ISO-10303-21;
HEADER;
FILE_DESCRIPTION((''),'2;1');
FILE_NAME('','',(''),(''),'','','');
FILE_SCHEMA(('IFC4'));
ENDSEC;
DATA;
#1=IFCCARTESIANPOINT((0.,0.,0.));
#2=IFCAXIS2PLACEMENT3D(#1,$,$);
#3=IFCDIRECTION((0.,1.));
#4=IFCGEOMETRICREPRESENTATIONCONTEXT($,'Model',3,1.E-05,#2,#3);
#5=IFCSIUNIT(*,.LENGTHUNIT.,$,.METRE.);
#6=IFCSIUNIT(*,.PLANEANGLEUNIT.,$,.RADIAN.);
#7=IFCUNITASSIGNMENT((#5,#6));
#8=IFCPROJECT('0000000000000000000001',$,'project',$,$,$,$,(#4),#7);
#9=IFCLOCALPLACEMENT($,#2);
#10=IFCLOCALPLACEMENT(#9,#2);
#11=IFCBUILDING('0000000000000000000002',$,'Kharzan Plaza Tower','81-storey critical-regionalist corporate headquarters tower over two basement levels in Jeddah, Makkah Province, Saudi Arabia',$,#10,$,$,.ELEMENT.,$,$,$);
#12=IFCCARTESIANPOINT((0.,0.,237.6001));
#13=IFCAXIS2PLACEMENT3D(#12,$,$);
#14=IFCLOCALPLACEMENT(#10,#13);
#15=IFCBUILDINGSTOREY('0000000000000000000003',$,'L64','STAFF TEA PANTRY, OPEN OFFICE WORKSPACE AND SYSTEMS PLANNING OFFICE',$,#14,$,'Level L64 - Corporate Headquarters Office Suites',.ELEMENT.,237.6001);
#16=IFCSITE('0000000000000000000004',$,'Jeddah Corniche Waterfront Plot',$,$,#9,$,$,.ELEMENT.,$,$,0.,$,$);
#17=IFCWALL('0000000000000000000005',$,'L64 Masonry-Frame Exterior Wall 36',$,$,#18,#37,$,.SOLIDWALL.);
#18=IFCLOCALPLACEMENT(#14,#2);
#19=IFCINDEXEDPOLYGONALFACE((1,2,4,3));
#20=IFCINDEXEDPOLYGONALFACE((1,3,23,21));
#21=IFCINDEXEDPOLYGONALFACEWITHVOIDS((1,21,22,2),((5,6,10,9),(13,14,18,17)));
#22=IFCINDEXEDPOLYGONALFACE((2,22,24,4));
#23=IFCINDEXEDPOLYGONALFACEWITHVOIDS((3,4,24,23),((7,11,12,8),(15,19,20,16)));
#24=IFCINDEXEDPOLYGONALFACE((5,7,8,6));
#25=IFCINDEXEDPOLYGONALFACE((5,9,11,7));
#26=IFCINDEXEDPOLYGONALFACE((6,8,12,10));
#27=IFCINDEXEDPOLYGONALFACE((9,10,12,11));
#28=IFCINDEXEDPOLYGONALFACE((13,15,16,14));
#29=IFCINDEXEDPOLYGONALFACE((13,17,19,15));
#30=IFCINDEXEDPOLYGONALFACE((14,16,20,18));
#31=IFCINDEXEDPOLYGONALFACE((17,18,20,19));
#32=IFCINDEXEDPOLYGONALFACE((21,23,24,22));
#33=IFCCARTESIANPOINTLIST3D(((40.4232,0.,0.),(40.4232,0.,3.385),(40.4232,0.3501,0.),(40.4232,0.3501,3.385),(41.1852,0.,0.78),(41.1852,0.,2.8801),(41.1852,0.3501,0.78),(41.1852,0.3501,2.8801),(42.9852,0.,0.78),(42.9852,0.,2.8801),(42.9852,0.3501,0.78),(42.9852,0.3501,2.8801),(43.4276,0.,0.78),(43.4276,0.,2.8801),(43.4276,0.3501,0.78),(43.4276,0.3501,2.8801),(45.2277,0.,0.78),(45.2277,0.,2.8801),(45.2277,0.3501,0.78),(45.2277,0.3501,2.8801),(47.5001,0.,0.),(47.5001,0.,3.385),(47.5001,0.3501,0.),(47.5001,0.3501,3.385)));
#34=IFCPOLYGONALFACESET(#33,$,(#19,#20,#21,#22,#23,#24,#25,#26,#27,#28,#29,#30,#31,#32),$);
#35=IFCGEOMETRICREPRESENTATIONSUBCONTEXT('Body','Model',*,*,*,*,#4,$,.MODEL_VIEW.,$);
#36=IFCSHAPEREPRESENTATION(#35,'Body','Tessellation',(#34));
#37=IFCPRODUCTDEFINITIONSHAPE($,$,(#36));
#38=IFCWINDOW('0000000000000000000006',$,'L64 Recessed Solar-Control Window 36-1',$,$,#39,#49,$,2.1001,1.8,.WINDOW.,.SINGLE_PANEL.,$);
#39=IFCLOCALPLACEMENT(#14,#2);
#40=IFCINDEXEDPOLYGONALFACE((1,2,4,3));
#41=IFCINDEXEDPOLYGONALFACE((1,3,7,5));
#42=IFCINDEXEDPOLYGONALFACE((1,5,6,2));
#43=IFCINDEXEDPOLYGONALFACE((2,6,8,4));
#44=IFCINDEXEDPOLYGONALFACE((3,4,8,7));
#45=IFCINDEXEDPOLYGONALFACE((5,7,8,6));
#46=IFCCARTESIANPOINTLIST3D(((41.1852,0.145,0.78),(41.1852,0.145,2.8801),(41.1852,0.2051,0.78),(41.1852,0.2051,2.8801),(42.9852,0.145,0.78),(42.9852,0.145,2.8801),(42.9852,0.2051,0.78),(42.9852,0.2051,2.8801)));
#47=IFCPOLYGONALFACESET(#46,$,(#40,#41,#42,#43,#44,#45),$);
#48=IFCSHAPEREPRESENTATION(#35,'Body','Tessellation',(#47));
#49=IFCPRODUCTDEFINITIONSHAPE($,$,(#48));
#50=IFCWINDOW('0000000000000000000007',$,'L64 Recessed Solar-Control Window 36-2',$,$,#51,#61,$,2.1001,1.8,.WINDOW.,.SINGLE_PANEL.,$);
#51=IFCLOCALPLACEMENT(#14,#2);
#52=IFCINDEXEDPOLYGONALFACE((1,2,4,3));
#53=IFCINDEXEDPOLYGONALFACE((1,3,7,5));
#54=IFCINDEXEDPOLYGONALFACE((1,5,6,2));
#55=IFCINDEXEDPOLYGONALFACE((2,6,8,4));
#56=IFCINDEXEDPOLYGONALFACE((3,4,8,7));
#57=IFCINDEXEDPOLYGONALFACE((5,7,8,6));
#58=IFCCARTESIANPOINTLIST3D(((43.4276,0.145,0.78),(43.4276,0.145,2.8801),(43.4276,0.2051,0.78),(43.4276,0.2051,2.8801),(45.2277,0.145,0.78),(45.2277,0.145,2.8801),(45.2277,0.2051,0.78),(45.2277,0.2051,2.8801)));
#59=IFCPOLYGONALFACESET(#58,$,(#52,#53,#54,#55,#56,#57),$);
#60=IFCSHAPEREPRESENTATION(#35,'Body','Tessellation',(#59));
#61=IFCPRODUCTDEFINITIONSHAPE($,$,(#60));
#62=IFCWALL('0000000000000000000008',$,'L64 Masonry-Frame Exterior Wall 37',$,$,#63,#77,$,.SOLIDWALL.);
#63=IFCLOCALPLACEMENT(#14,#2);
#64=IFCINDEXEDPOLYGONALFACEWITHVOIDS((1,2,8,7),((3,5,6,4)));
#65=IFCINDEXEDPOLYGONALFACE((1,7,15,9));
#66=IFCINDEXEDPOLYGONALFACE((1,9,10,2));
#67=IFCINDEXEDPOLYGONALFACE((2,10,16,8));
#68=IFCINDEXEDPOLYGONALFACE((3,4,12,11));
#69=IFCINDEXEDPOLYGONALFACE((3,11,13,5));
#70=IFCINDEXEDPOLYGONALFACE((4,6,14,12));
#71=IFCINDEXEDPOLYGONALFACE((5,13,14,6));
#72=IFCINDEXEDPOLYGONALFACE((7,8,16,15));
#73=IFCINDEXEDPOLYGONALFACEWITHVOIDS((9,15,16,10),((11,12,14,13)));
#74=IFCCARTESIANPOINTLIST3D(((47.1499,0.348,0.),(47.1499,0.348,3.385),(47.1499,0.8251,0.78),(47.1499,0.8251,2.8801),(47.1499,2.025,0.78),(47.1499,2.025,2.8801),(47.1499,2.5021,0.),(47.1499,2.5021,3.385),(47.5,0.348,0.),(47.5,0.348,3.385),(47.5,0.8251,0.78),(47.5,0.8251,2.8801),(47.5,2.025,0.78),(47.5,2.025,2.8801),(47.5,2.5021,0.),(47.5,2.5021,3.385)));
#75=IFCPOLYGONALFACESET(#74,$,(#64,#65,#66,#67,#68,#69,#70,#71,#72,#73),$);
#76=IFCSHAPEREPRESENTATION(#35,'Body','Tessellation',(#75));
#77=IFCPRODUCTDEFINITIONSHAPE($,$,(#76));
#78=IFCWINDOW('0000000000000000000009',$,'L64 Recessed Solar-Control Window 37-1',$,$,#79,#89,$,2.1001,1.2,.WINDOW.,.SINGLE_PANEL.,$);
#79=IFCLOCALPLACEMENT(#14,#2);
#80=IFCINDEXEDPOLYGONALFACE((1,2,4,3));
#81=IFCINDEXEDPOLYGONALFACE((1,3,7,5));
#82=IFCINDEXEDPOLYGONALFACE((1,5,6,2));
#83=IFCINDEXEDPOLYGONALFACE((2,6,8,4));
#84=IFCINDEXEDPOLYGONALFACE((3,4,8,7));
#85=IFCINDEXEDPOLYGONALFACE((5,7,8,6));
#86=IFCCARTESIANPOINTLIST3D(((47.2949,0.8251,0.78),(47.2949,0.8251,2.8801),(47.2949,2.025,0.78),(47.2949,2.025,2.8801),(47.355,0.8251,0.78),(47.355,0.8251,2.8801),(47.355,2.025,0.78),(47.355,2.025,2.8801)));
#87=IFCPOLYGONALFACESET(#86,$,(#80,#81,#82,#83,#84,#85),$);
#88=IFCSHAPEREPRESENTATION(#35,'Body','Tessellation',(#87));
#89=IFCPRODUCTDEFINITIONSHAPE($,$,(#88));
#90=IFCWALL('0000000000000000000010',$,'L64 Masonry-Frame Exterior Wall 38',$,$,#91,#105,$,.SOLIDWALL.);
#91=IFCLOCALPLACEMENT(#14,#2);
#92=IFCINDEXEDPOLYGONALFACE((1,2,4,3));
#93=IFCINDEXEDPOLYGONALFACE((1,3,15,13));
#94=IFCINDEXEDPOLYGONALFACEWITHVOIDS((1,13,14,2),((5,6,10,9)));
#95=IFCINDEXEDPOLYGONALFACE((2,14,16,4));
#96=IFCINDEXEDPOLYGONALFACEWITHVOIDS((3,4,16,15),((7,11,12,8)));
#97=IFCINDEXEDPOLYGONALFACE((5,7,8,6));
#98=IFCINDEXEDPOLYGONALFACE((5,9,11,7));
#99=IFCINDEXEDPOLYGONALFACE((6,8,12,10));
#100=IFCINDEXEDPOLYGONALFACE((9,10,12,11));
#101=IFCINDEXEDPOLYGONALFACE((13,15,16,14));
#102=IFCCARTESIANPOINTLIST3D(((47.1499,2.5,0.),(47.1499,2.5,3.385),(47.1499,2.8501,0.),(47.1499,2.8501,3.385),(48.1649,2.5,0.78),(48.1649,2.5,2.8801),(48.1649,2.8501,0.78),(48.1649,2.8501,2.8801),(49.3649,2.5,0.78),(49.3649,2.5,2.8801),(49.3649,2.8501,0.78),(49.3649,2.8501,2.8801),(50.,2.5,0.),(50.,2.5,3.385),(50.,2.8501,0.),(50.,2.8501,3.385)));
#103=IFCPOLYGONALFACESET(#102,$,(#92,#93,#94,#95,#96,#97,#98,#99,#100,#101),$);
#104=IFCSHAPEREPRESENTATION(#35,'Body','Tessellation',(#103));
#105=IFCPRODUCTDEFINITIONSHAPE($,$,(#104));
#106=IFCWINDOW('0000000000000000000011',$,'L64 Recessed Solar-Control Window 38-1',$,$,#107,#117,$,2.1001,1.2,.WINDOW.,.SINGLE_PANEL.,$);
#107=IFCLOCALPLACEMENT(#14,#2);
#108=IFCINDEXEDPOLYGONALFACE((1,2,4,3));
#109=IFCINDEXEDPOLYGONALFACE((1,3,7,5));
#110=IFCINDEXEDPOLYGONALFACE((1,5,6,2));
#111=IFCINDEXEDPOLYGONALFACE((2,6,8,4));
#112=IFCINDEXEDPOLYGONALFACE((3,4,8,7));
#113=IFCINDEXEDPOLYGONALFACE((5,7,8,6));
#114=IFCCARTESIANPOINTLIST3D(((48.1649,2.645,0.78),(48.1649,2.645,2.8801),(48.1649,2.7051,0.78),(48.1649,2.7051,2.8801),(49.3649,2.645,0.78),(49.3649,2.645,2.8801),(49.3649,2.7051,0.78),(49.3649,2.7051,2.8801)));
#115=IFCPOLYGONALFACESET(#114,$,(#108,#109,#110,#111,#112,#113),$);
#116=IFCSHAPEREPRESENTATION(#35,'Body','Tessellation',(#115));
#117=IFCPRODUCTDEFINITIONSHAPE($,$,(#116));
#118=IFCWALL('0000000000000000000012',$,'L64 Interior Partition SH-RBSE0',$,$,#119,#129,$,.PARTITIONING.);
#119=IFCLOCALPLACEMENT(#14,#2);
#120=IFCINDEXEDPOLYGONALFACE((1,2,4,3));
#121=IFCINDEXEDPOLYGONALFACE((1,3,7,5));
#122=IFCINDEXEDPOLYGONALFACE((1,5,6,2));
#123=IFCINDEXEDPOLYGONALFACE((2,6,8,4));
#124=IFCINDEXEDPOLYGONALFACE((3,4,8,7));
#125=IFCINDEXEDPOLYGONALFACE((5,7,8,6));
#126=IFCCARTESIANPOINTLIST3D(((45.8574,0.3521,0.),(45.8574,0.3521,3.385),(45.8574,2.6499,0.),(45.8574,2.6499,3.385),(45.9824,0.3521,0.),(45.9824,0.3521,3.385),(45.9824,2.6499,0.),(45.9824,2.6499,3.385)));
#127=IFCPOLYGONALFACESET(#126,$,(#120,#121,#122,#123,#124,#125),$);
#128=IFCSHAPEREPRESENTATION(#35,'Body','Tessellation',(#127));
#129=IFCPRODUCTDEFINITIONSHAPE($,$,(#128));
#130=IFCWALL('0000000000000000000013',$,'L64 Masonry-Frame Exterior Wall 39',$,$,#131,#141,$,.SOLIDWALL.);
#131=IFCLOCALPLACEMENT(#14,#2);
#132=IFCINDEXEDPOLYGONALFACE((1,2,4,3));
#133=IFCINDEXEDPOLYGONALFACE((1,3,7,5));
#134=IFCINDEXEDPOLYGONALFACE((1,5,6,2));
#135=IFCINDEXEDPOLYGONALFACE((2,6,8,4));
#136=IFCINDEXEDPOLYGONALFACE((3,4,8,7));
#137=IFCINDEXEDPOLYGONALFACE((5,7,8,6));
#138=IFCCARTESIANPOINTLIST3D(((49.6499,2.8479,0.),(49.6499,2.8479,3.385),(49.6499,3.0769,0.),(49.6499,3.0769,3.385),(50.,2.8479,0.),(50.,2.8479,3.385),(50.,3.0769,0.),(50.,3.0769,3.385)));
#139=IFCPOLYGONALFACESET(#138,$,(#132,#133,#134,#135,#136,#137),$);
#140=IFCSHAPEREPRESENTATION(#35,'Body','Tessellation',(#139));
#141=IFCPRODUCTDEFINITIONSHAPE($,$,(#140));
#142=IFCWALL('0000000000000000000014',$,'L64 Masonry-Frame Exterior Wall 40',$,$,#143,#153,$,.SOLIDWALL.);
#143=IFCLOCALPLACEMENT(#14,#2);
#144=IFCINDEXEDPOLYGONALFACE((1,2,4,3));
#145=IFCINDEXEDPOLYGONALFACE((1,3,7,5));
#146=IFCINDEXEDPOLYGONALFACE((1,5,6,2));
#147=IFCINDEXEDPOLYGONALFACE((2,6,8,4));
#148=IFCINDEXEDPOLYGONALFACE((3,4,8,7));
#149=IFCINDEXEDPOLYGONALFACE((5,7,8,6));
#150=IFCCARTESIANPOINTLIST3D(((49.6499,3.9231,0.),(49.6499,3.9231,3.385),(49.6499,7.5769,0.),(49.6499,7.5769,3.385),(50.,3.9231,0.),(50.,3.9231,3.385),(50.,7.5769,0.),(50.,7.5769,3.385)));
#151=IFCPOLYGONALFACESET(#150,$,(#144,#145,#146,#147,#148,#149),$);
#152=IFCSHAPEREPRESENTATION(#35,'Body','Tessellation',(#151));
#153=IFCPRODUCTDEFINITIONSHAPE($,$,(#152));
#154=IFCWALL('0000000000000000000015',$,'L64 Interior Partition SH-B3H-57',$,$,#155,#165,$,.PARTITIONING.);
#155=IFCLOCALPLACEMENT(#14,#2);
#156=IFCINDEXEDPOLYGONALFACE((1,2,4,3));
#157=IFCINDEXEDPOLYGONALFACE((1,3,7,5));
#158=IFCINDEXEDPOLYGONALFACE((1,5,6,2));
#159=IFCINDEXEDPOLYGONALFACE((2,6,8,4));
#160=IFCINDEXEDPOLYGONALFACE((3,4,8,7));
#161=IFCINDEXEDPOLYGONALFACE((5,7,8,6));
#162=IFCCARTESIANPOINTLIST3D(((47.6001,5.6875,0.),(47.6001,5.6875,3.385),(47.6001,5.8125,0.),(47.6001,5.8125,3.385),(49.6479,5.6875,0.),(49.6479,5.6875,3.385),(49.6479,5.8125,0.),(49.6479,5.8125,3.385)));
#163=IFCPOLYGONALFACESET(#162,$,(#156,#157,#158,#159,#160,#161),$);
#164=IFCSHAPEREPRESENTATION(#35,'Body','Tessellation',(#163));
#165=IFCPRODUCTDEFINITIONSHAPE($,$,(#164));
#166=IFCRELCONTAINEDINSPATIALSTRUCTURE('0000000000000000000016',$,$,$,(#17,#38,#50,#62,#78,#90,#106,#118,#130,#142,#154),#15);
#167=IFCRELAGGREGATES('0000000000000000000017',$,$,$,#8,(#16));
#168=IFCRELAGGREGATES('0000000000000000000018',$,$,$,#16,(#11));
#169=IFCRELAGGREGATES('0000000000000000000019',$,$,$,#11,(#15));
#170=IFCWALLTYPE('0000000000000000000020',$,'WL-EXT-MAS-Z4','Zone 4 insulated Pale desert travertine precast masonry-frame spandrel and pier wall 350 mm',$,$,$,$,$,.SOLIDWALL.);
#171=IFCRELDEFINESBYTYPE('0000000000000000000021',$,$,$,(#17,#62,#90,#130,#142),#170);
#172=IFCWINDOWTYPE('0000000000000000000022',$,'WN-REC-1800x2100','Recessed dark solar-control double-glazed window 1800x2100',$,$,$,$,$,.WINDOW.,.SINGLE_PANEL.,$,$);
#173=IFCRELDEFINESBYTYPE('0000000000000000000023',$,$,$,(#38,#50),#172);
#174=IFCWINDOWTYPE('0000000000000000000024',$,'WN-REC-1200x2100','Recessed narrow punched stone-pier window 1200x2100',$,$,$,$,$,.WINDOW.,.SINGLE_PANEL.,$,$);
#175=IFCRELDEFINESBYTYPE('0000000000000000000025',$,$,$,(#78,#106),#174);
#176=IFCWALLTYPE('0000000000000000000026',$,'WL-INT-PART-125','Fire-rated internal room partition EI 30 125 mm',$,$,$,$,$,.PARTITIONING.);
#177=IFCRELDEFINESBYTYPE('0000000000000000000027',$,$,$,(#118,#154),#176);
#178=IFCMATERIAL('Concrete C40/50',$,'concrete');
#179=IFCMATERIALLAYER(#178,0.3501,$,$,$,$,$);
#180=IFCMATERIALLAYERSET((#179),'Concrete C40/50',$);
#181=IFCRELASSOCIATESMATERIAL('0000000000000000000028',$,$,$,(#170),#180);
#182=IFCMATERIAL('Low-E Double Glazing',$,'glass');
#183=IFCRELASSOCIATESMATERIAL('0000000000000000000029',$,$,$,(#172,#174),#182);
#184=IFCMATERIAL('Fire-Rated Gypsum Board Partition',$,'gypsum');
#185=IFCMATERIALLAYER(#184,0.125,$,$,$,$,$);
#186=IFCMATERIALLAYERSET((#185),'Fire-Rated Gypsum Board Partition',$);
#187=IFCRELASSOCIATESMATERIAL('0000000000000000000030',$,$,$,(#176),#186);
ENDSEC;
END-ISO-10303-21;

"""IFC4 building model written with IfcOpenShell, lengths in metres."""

from ifc_helpers import new_model, si_unit, direction, frame, frame_2d, origin, place, context, subcontext, project, spatial, rectangle, extrude, source, transform, mapped, material, layer, layer_set, type_object, element, fill, save


model = new_model("IFC4")

# Units and contexts
model_context = context("Model", 3, precision=1e-05, world=origin(), true_north=direction((0.0, 1.0)))
body_context = subcontext(model_context, "Body", "Model", "MODEL_VIEW")
ifc_project = project(units=[si_unit("LENGTHUNIT", "METRE"), si_unit("PLANEANGLEUNIT", "RADIAN")], contexts=[model_context])

# Site, building, storey
site_placement = place(None, origin())
site = spatial("IfcSite", under=ifc_project, at=site_placement, Name="Jeddah Corniche Waterfront Plot", CompositionType="ELEMENT", RefElevation=0.0)
building_placement = place(site_placement, origin())
building = spatial("IfcBuilding", under=site, at=building_placement, Name="Kharzan Plaza Tower", Description="81-storey critical-regionalist corporate headquarters tower over two basement levels in Jeddah, Makkah Province, Saudi Arabia", CompositionType="ELEMENT")
storey_placement = place(building_placement, frame((0.0, 0.0, 237.6001)))
storey = spatial("IfcBuildingStorey", under=building, at=storey_placement, Name="L64", Description="STAFF TEA PANTRY, OPEN OFFICE WORKSPACE AND SYSTEMS PLANNING OFFICE", LongName="Level L64 - Corporate Headquarters Office Suites", CompositionType="ELEMENT", Elevation=237.6001)

# Wall, openings, windows
ifc_material_1 = material(Name="Concrete C40/50", Category="concrete")
ifc_layer_1 = layer(ifc_material_1, 0.3501)
ifc_layer_set_1 = layer_set([ifc_layer_1], Name="Concrete C40/50")
wall_type_1 = type_object("IfcWallType", Name="WL-EXT-MAS-Z4", Description="Zone 4 insulated Pale desert travertine precast masonry-frame spandrel and pier wall 350 mm", PredefinedType="SOLIDWALL", material=ifc_layer_set_1)
wall_1_placement = place(storey_placement, frame((40.4231, 0.175, 0.0), z_axis=(0.0, 0.0, 1.0), x_axis=(1.0, 0.0, 0.0)))
wall_1 = element("IfcWall", 1, at=wall_1_placement, inside=storey, type_object=wall_type_1, Name="L64 Masonry-Frame Exterior Wall 36", PredefinedType="SOLIDWALL", context=body_context, shape_type="SweptSolid", body=[
    extrude(rectangle(XDim=7.0769, YDim=0.3501, at=frame_2d((3.5386, 0.0))), origin(), (0.0, 0.0, 1.0), 3.385),
])
opening_1_placement = place(wall_1_placement, frame((0.7622, 0.0, 0.78)))
opening_1 = element("IfcOpeningElement", 2, at=opening_1_placement, cuts=wall_1, PredefinedType="OPENING", context=body_context, shape_type="SweptSolid", body=[
    extrude(rectangle(XDim=1.8, YDim=2.1001, at=frame_2d((0.8999, 1.05))), frame((0.0, 0.1851, 0.0), z_axis=(0.0, -1.0, 0.0), x_axis=(1.0, 0.0, 0.0)), (0.0, 0.0, 1.0), 0.3701),
])
opening_2_placement = place(wall_1_placement, frame((3.0046, 0.0, 0.78)))
opening_2 = element("IfcOpeningElement", 3, at=opening_2_placement, cuts=wall_1, PredefinedType="OPENING", context=body_context, shape_type="SweptSolid", body=[
    extrude(rectangle(XDim=1.8, YDim=2.1001, at=frame_2d((0.8999, 1.05))), frame((0.0, 0.1851, 0.0), z_axis=(0.0, -1.0, 0.0), x_axis=(1.0, 0.0, 0.0)), (0.0, 0.0, 1.0), 0.3701),
])
ifc_material_2 = material(Name="Low-E Double Glazing", Category="glass")
window_type_1 = type_object("IfcWindowType", Name="WN-REC-1800x2100", Description="Recessed dark solar-control double-glazed window 1800x2100", PartitioningType="SINGLE_PANEL", PredefinedType="WINDOW", material=ifc_material_2)
shared_shape_1 = source(origin(), body_context, "Body", "SweptSolid", [
    extrude(rectangle(XDim=1.8, YDim=2.1001, at=frame_2d((0.8999, 1.05))), frame((0.0, 0.03, 0.0), z_axis=(0.0, -1.0, 0.0), x_axis=(1.0, 0.0, 0.0)), (0.0, 0.0, 1.0), 0.0601),
])
window_1_placement = place(opening_1_placement, origin())
window_1 = element("IfcWindow", 4, at=window_1_placement, inside=storey, type_object=window_type_1, Name="L64 Recessed Solar-Control Window 36-1", OverallHeight=2.1001, OverallWidth=1.8, PartitioningType="SINGLE_PANEL", PredefinedType="WINDOW", context=body_context, shape_type="MappedRepresentation", body=[
    mapped(shared_shape_1, transform((0.0, 0.0, 0.0), x_axis=(1.0, 0.0, 0.0), y_axis=(0.0, 1.0, 0.0), z_axis=(0.0, 0.0, 1.0))),
])
fill(opening_1, window_1)
window_2_placement = place(opening_2_placement, origin())
window_2 = element("IfcWindow", 5, at=window_2_placement, inside=storey, type_object=window_type_1, Name="L64 Recessed Solar-Control Window 36-2", OverallHeight=2.1001, OverallWidth=1.8, PartitioningType="SINGLE_PANEL", PredefinedType="WINDOW", context=body_context, shape_type="MappedRepresentation", body=[
    mapped(shared_shape_1, transform((0.0, 0.0, 0.0), x_axis=(1.0, 0.0, 0.0), y_axis=(0.0, 1.0, 0.0), z_axis=(0.0, 0.0, 1.0))),
])
fill(opening_2, window_2)

# Walls, openings, windows
wall_2_placement = place(storey_placement, frame((47.325, 0.3479, 0.0), z_axis=(0.0, 0.0, 1.0), x_axis=(0.0, 1.0, 0.0)))
wall_2 = element("IfcWall", 6, at=wall_2_placement, inside=storey, type_object=wall_type_1, Name="L64 Masonry-Frame Exterior Wall 37", PredefinedType="SOLIDWALL", context=body_context, shape_type="SweptSolid", body=[
    extrude(rectangle(XDim=2.1541, YDim=0.3501, at=frame_2d((1.0771, 0.0))), origin(), (0.0, 0.0, 1.0), 3.385),
])
opening_3_placement = place(wall_2_placement, frame((0.4771, 0.0, 0.78)))
opening_3 = element("IfcOpeningElement", 7, at=opening_3_placement, cuts=wall_2, PredefinedType="OPENING", context=body_context, shape_type="SweptSolid", body=[
    extrude(rectangle(XDim=1.2, YDim=2.1001, at=frame_2d((0.6001, 1.05))), frame((0.0, 0.1851, 0.0), z_axis=(0.0, -1.0, 0.0), x_axis=(1.0, 0.0, 0.0)), (0.0, 0.0, 1.0), 0.3701),
])
window_type_2 = type_object("IfcWindowType", Name="WN-REC-1200x2100", Description="Recessed narrow punched stone-pier window 1200x2100", PartitioningType="SINGLE_PANEL", PredefinedType="WINDOW", material=ifc_material_2)
shared_shape_2 = source(origin(), body_context, "Body", "SweptSolid", [
    extrude(rectangle(XDim=1.2, YDim=2.1001, at=frame_2d((0.6001, 1.05))), frame((0.0, 0.03, 0.0), z_axis=(0.0, -1.0, 0.0), x_axis=(1.0, 0.0, 0.0)), (0.0, 0.0, 1.0), 0.0601),
])
window_3_placement = place(opening_3_placement, origin())
window_3 = element("IfcWindow", 8, at=window_3_placement, inside=storey, type_object=window_type_2, Name="L64 Recessed Solar-Control Window 37-1", OverallHeight=2.1001, OverallWidth=1.2, PartitioningType="SINGLE_PANEL", PredefinedType="WINDOW", context=body_context, shape_type="MappedRepresentation", body=[
    mapped(shared_shape_2, transform((0.0, 0.0, 0.0), x_axis=(1.0, 0.0, 0.0), y_axis=(0.0, 1.0, 0.0), z_axis=(0.0, 0.0, 1.0))),
])
fill(opening_3, window_3)
wall_3_placement = place(storey_placement, frame((47.1499, 2.675, 0.0), z_axis=(0.0, 0.0, 1.0), x_axis=(1.0, 0.0, 0.0)))
wall_3 = element("IfcWall", 9, at=wall_3_placement, inside=storey, type_object=wall_type_1, Name="L64 Masonry-Frame Exterior Wall 38", PredefinedType="SOLIDWALL", context=body_context, shape_type="SweptSolid", body=[
    extrude(rectangle(XDim=2.8501, YDim=0.3501, at=frame_2d((1.425, 0.0))), origin(), (0.0, 0.0, 1.0), 3.385),
])
opening_4_placement = place(wall_3_placement, frame((1.0149, 0.0, 0.78)))
opening_4 = element("IfcOpeningElement", 10, at=opening_4_placement, cuts=wall_3, PredefinedType="OPENING", context=body_context, shape_type="SweptSolid", body=[
    extrude(rectangle(XDim=1.2, YDim=2.1001, at=frame_2d((0.6001, 1.05))), frame((0.0, 0.1851, 0.0), z_axis=(0.0, -1.0, 0.0), x_axis=(1.0, 0.0, 0.0)), (0.0, 0.0, 1.0), 0.3701),
])
window_4_placement = place(opening_4_placement, origin())
window_4 = element("IfcWindow", 11, at=window_4_placement, inside=storey, type_object=window_type_2, Name="L64 Recessed Solar-Control Window 38-1", OverallHeight=2.1001, OverallWidth=1.2, PartitioningType="SINGLE_PANEL", PredefinedType="WINDOW", context=body_context, shape_type="MappedRepresentation", body=[
    mapped(shared_shape_2, transform((0.0, 0.0, 0.0), x_axis=(1.0, 0.0, 0.0), y_axis=(0.0, 1.0, 0.0), z_axis=(0.0, 0.0, 1.0))),
])
fill(opening_4, window_4)

# Shared definitions
ifc_material_3 = material(Name="Fire-Rated Gypsum Board Partition", Category="gypsum")
ifc_layer_2 = layer(ifc_material_3, 0.125)
ifc_layer_set_2 = layer_set([ifc_layer_2], Name="Fire-Rated Gypsum Board Partition")
wall_type_2 = type_object("IfcWallType", Name="WL-INT-PART-125", Description="Fire-rated internal room partition EI 30 125 mm", PredefinedType="PARTITIONING", material=ifc_layer_set_2)

# Walls
shared_shape_3 = source(origin(), body_context, "Body", "SweptSolid", [
    extrude(rectangle(XDim=2.2979, YDim=0.125, at=frame_2d((1.1489, 0.0))), origin(), (0.0, 0.0, 1.0), 3.385),
])
wall_4_placement = place(storey_placement, frame((45.9199, 0.3521, 0.0), z_axis=(0.0, 0.0, 1.0), x_axis=(0.0, 1.0, 0.0)))
element("IfcWall", 12, at=wall_4_placement, inside=storey, type_object=wall_type_2, Name="L64 Interior Partition SH-RBSE0", PredefinedType="PARTITIONING", context=body_context, shape_type="MappedRepresentation", body=[
    mapped(shared_shape_3, transform((0.0, 0.0, 0.0), x_axis=(1.0, 0.0, 0.0), y_axis=(0.0, 1.0, 0.0), z_axis=(0.0, 0.0, 1.0))),
])
shared_shape_4 = source(origin(), body_context, "Body", "SweptSolid", [
    extrude(rectangle(XDim=0.229, YDim=0.3501, at=frame_2d((0.1145, 0.0))), origin(), (0.0, 0.0, 1.0), 3.385),
])
wall_5_placement = place(storey_placement, frame((49.825, 2.8479, 0.0), z_axis=(0.0, 0.0, 1.0), x_axis=(0.0, 1.0, 0.0)))
element("IfcWall", 13, at=wall_5_placement, inside=storey, type_object=wall_type_1, Name="L64 Masonry-Frame Exterior Wall 39", PredefinedType="SOLIDWALL", context=body_context, shape_type="MappedRepresentation", body=[
    mapped(shared_shape_4, transform((0.0, 0.0, 0.0), x_axis=(1.0, 0.0, 0.0), y_axis=(0.0, 1.0, 0.0), z_axis=(0.0, 0.0, 1.0))),
])
shared_shape_5 = source(origin(), body_context, "Body", "SweptSolid", [
    extrude(rectangle(XDim=3.6538, YDim=0.3501, at=frame_2d((1.8269, 0.0))), origin(), (0.0, 0.0, 1.0), 3.385),
])
wall_6_placement = place(storey_placement, frame((49.825, 3.9231, 0.0), z_axis=(0.0, 0.0, 1.0), x_axis=(0.0, 1.0, 0.0)))
element("IfcWall", 14, at=wall_6_placement, inside=storey, type_object=wall_type_1, Name="L64 Masonry-Frame Exterior Wall 40", PredefinedType="SOLIDWALL", context=body_context, shape_type="MappedRepresentation", body=[
    mapped(shared_shape_5, transform((0.0, 0.0, 0.0), x_axis=(1.0, 0.0, 0.0), y_axis=(0.0, 1.0, 0.0), z_axis=(0.0, 0.0, 1.0))),
])
shared_shape_6 = source(origin(), body_context, "Body", "SweptSolid", [
    extrude(rectangle(XDim=2.0479, YDim=0.125, at=frame_2d((1.0239, 0.0))), origin(), (0.0, 0.0, 1.0), 3.385),
])
wall_7_placement = place(storey_placement, frame((47.6001, 5.75, 0.0), z_axis=(0.0, 0.0, 1.0), x_axis=(1.0, 0.0, 0.0)))
element("IfcWall", 15, at=wall_7_placement, inside=storey, type_object=wall_type_2, Name="L64 Interior Partition SH-B3H-57", PredefinedType="PARTITIONING", context=body_context, shape_type="MappedRepresentation", body=[
    mapped(shared_shape_6, transform((0.0, 0.0, 0.0), x_axis=(1.0, 0.0, 0.0), y_axis=(0.0, 1.0, 0.0), z_axis=(0.0, 0.0, 1.0))),
])

save(model, "model.ifc")
